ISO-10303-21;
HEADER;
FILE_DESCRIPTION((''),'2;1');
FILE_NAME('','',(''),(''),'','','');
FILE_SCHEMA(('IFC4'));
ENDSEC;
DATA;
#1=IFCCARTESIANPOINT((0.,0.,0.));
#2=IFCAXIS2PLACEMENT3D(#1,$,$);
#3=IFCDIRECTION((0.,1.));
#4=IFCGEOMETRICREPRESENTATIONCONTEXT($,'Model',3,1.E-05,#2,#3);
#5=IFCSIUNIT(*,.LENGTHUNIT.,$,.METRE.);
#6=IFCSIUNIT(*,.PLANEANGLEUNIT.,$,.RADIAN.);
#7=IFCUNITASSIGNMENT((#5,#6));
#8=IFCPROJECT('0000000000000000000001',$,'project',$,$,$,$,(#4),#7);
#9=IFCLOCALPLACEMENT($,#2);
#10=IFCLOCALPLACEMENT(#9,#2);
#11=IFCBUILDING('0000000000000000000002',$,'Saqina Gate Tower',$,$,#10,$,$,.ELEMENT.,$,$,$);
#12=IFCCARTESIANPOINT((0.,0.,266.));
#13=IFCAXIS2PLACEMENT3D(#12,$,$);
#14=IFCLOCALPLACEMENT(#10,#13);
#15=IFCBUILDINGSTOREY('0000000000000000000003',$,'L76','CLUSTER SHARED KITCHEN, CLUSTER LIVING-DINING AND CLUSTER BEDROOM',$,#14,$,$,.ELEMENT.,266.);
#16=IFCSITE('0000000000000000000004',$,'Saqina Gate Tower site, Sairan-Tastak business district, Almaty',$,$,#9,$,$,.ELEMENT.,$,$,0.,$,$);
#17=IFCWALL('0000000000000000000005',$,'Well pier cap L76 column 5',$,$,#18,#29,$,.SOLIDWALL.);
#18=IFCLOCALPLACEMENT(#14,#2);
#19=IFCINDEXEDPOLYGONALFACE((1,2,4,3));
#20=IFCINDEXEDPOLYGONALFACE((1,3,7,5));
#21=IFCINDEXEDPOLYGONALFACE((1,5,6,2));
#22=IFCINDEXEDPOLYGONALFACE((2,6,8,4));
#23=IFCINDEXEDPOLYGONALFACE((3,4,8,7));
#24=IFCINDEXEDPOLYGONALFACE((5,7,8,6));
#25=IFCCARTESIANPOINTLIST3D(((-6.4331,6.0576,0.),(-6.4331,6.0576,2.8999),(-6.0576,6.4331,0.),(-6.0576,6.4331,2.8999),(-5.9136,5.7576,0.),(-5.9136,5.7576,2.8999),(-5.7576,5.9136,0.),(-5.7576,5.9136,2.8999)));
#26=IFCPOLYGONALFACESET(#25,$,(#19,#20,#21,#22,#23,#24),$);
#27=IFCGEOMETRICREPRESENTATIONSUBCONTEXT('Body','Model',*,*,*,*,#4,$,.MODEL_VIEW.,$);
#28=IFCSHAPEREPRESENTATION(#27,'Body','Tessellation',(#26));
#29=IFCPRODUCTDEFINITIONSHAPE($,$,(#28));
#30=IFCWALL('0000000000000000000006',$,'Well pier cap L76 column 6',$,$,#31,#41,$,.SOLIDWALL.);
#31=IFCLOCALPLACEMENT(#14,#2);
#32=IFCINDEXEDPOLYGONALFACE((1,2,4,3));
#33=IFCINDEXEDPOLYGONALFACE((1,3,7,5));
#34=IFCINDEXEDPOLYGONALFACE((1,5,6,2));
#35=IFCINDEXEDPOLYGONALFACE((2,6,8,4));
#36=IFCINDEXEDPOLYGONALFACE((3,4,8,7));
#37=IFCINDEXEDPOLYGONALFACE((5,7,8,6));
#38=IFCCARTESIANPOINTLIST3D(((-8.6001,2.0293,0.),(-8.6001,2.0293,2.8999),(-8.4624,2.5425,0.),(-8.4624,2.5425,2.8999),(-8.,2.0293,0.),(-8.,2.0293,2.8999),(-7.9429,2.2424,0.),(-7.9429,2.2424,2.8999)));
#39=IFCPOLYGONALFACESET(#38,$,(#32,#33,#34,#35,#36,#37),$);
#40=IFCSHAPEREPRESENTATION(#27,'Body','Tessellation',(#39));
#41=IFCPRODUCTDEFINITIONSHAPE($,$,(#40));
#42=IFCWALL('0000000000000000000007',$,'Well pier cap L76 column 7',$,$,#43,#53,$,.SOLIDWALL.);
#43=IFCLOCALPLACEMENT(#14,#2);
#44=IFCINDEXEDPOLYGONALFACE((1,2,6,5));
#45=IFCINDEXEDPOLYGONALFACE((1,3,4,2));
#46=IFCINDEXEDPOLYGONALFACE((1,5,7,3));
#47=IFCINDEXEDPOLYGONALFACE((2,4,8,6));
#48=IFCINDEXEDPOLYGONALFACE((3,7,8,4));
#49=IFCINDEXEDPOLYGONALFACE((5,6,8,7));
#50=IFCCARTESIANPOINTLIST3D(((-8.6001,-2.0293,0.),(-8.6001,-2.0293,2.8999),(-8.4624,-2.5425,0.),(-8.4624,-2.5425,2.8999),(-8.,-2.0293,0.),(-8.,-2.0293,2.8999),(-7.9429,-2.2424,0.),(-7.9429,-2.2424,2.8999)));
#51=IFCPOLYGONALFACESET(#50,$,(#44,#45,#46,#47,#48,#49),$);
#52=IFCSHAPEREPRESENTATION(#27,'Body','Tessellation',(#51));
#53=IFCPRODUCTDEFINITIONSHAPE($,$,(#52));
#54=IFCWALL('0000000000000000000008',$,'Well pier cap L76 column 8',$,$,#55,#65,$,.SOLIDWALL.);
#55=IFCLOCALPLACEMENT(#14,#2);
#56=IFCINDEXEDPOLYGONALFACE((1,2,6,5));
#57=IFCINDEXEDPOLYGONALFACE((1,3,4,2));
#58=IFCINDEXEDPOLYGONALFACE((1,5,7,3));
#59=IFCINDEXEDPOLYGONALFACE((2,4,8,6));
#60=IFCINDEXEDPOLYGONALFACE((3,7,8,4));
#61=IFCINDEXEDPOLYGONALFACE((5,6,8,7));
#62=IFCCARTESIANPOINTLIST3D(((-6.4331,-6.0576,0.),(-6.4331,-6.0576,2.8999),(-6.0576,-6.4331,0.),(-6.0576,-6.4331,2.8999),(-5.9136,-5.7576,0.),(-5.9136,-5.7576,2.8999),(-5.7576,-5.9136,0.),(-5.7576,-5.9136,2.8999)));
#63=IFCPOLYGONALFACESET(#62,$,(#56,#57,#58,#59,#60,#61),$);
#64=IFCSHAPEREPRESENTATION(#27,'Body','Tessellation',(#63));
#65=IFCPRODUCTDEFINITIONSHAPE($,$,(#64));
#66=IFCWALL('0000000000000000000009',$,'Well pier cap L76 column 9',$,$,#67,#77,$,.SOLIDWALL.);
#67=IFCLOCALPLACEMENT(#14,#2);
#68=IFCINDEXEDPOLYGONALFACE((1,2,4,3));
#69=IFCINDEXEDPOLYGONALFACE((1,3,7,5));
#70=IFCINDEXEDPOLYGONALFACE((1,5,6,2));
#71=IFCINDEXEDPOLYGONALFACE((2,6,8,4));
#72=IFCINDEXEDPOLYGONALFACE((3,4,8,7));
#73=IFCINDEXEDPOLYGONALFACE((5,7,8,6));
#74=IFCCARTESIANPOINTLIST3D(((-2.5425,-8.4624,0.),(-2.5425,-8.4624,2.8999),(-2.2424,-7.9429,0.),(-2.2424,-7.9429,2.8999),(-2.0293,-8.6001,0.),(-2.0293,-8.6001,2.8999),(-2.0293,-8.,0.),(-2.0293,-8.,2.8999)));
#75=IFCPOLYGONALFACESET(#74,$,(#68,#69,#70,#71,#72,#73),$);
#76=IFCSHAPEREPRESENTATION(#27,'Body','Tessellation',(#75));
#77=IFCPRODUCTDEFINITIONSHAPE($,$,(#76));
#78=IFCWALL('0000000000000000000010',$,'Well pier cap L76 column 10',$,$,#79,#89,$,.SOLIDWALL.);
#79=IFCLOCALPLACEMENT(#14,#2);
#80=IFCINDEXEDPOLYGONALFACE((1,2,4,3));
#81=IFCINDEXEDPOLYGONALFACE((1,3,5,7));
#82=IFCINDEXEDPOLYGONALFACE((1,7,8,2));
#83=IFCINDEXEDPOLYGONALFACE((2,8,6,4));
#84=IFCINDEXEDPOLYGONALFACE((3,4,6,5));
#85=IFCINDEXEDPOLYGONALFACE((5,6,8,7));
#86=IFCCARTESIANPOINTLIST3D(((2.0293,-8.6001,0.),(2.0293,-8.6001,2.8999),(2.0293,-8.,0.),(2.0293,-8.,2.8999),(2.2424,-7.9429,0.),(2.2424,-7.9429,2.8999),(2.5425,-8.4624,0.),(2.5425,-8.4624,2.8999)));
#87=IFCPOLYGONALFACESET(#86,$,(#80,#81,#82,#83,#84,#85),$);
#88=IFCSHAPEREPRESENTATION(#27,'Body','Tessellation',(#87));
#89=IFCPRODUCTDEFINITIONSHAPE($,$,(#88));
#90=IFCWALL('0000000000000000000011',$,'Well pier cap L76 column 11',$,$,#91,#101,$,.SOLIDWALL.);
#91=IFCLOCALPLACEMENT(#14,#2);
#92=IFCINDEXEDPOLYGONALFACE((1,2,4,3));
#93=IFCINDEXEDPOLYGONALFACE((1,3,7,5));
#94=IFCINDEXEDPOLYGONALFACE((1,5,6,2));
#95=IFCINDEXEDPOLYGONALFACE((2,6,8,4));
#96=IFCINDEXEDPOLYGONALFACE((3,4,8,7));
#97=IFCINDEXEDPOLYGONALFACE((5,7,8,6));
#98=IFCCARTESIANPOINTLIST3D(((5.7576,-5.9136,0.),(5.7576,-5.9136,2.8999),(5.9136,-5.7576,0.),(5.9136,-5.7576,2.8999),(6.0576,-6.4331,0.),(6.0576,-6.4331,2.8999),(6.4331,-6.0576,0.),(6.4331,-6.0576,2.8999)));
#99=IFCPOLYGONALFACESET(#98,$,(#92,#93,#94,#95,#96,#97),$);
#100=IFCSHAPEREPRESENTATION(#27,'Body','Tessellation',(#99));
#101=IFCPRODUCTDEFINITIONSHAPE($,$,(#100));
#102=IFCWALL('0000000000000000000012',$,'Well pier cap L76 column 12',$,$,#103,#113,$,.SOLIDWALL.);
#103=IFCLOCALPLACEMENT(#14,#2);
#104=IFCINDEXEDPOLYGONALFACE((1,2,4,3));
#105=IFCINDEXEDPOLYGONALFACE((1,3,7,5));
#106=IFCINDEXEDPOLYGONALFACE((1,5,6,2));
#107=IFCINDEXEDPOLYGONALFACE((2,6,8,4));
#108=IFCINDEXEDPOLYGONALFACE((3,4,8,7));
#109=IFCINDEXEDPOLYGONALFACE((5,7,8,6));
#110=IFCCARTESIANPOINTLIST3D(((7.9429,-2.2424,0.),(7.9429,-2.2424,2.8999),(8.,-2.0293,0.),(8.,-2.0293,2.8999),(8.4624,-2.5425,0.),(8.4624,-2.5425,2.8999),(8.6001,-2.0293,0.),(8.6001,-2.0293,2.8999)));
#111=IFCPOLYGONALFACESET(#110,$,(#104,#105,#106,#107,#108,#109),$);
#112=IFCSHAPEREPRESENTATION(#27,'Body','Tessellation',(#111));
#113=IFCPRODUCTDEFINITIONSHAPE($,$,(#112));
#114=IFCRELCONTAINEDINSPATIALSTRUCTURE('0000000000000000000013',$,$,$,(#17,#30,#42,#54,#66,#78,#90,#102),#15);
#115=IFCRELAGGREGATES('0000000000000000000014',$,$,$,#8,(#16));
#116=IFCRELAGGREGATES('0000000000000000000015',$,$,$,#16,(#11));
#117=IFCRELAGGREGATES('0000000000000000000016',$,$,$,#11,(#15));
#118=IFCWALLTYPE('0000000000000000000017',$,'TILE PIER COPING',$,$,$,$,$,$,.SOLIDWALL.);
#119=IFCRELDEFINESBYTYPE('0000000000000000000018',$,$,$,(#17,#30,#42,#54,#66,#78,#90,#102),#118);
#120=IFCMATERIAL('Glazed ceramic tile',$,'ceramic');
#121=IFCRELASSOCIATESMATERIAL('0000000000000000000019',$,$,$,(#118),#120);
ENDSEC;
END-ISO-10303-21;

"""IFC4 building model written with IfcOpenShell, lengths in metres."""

from ifc_helpers import new_model, si_unit, direction, frame, origin, place, context, subcontext, project, spatial, polyline, outline, extrude, material, type_object, element, save


model = new_model("IFC4")

# Units and contexts
model_context = context("Model", 3, precision=1e-05, world=origin(), true_north=direction((0.0, 1.0)))
body_context = subcontext(model_context, "Body", "Model", "MODEL_VIEW")
ifc_project = project(units=[si_unit("LENGTHUNIT", "METRE"), si_unit("PLANEANGLEUNIT", "RADIAN")], contexts=[model_context])

# Site, building, storey
site_placement = place(None, origin())
site = spatial("IfcSite", under=ifc_project, at=site_placement, Name="Saqina Gate Tower site, Sairan-Tastak business district, Almaty", CompositionType="ELEMENT", RefElevation=0.0)
building_placement = place(site_placement, origin())
building = spatial("IfcBuilding", under=site, at=building_placement, Name="Saqina Gate Tower", CompositionType="ELEMENT")
storey_placement = place(building_placement, frame((0.0, 0.0, 266.0)))
storey = spatial("IfcBuildingStorey", under=building, at=storey_placement, Name="L76", Description="CLUSTER SHARED KITCHEN, CLUSTER LIVING-DINING AND CLUSTER BEDROOM", CompositionType="ELEMENT", Elevation=266.0)

# Walls
ifc_material_1 = material(Name="Glazed ceramic tile", Category="ceramic")
wall_type_1 = type_object("IfcWallType", Name="TILE PIER COPING", PredefinedType="SOLIDWALL", material=ifc_material_1)
wall_1_placement = place(storey_placement, origin())
element("IfcWall", 1, at=wall_1_placement, inside=storey, type_object=wall_type_1, Name="Well pier cap L76 column 5", PredefinedType="SOLIDWALL", context=body_context, shape_type="SweptSolid", body=[
    extrude(outline(polyline([(-6.4331, 6.0576), (-5.9136, 5.7576), (-5.7576, 5.9136), (-6.0576, 6.4331), (-6.4331, 6.0576)])), origin(), (0.0, 0.0, 1.0), 2.8999),
])
wall_2_placement = place(storey_placement, origin())
element("IfcWall", 2, at=wall_2_placement, inside=storey, type_object=wall_type_1, Name="Well pier cap L76 column 6", PredefinedType="SOLIDWALL", context=body_context, shape_type="SweptSolid", body=[
    extrude(outline(polyline([(-8.6001, 2.0293), (-8.0, 2.0293), (-7.9429, 2.2424), (-8.4624, 2.5425), (-8.6001, 2.0293)])), origin(), (0.0, 0.0, 1.0), 2.8999),
])
wall_3_placement = place(storey_placement, origin())
element("IfcWall", 3, at=wall_3_placement, inside=storey, type_object=wall_type_1, Name="Well pier cap L76 column 7", PredefinedType="SOLIDWALL", context=body_context, shape_type="SweptSolid", body=[
    extrude(outline(polyline([(-8.4624, -2.5425), (-7.9429, -2.2424), (-8.0, -2.0293), (-8.6001, -2.0293), (-8.4624, -2.5425)])), origin(), (0.0, 0.0, 1.0), 2.8999),
])
wall_4_placement = place(storey_placement, origin())
element("IfcWall", 4, at=wall_4_placement, inside=storey, type_object=wall_type_1, Name="Well pier cap L76 column 8", PredefinedType="SOLIDWALL", context=body_context, shape_type="SweptSolid", body=[
    extrude(outline(polyline([(-6.0576, -6.4331), (-5.7576, -5.9136), (-5.9136, -5.7576), (-6.4331, -6.0576), (-6.0576, -6.4331)])), origin(), (0.0, 0.0, 1.0), 2.8999),
])
wall_5_placement = place(storey_placement, origin())
element("IfcWall", 5, at=wall_5_placement, inside=storey, type_object=wall_type_1, Name="Well pier cap L76 column 9", PredefinedType="SOLIDWALL", context=body_context, shape_type="SweptSolid", body=[
    extrude(outline(polyline([(-2.0293, -8.6001), (-2.0293, -8.0), (-2.2424, -7.9429), (-2.5425, -8.4624), (-2.0293, -8.6001)])), origin(), (0.0, 0.0, 1.0), 2.8999),
])
wall_6_placement = place(storey_placement, origin())
element("IfcWall", 6, at=wall_6_placement, inside=storey, type_object=wall_type_1, Name="Well pier cap L76 column 10", PredefinedType="SOLIDWALL", context=body_context, shape_type="SweptSolid", body=[
    extrude(outline(polyline([(2.5425, -8.4624), (2.2424, -7.9429), (2.0293, -8.0), (2.0293, -8.6001), (2.5425, -8.4624)])), origin(), (0.0, 0.0, 1.0), 2.8999),
])
wall_7_placement = place(storey_placement, origin())
element("IfcWall", 7, at=wall_7_placement, inside=storey, type_object=wall_type_1, Name="Well pier cap L76 column 11", PredefinedType="SOLIDWALL", context=body_context, shape_type="SweptSolid", body=[
    extrude(outline(polyline([(6.4331, -6.0576), (5.9136, -5.7576), (5.7576, -5.9136), (6.0576, -6.4331), (6.4331, -6.0576)])), origin(), (0.0, 0.0, 1.0), 2.8999),
])
wall_8_placement = place(storey_placement, origin())
element("IfcWall", 8, at=wall_8_placement, inside=storey, type_object=wall_type_1, Name="Well pier cap L76 column 12", PredefinedType="SOLIDWALL", context=body_context, shape_type="SweptSolid", body=[
    extrude(outline(polyline([(8.6001, -2.0293), (8.0, -2.0293), (7.9429, -2.2424), (8.4624, -2.5425), (8.6001, -2.0293)])), origin(), (0.0, 0.0, 1.0), 2.8999),
])

save(model, "model.ifc")
